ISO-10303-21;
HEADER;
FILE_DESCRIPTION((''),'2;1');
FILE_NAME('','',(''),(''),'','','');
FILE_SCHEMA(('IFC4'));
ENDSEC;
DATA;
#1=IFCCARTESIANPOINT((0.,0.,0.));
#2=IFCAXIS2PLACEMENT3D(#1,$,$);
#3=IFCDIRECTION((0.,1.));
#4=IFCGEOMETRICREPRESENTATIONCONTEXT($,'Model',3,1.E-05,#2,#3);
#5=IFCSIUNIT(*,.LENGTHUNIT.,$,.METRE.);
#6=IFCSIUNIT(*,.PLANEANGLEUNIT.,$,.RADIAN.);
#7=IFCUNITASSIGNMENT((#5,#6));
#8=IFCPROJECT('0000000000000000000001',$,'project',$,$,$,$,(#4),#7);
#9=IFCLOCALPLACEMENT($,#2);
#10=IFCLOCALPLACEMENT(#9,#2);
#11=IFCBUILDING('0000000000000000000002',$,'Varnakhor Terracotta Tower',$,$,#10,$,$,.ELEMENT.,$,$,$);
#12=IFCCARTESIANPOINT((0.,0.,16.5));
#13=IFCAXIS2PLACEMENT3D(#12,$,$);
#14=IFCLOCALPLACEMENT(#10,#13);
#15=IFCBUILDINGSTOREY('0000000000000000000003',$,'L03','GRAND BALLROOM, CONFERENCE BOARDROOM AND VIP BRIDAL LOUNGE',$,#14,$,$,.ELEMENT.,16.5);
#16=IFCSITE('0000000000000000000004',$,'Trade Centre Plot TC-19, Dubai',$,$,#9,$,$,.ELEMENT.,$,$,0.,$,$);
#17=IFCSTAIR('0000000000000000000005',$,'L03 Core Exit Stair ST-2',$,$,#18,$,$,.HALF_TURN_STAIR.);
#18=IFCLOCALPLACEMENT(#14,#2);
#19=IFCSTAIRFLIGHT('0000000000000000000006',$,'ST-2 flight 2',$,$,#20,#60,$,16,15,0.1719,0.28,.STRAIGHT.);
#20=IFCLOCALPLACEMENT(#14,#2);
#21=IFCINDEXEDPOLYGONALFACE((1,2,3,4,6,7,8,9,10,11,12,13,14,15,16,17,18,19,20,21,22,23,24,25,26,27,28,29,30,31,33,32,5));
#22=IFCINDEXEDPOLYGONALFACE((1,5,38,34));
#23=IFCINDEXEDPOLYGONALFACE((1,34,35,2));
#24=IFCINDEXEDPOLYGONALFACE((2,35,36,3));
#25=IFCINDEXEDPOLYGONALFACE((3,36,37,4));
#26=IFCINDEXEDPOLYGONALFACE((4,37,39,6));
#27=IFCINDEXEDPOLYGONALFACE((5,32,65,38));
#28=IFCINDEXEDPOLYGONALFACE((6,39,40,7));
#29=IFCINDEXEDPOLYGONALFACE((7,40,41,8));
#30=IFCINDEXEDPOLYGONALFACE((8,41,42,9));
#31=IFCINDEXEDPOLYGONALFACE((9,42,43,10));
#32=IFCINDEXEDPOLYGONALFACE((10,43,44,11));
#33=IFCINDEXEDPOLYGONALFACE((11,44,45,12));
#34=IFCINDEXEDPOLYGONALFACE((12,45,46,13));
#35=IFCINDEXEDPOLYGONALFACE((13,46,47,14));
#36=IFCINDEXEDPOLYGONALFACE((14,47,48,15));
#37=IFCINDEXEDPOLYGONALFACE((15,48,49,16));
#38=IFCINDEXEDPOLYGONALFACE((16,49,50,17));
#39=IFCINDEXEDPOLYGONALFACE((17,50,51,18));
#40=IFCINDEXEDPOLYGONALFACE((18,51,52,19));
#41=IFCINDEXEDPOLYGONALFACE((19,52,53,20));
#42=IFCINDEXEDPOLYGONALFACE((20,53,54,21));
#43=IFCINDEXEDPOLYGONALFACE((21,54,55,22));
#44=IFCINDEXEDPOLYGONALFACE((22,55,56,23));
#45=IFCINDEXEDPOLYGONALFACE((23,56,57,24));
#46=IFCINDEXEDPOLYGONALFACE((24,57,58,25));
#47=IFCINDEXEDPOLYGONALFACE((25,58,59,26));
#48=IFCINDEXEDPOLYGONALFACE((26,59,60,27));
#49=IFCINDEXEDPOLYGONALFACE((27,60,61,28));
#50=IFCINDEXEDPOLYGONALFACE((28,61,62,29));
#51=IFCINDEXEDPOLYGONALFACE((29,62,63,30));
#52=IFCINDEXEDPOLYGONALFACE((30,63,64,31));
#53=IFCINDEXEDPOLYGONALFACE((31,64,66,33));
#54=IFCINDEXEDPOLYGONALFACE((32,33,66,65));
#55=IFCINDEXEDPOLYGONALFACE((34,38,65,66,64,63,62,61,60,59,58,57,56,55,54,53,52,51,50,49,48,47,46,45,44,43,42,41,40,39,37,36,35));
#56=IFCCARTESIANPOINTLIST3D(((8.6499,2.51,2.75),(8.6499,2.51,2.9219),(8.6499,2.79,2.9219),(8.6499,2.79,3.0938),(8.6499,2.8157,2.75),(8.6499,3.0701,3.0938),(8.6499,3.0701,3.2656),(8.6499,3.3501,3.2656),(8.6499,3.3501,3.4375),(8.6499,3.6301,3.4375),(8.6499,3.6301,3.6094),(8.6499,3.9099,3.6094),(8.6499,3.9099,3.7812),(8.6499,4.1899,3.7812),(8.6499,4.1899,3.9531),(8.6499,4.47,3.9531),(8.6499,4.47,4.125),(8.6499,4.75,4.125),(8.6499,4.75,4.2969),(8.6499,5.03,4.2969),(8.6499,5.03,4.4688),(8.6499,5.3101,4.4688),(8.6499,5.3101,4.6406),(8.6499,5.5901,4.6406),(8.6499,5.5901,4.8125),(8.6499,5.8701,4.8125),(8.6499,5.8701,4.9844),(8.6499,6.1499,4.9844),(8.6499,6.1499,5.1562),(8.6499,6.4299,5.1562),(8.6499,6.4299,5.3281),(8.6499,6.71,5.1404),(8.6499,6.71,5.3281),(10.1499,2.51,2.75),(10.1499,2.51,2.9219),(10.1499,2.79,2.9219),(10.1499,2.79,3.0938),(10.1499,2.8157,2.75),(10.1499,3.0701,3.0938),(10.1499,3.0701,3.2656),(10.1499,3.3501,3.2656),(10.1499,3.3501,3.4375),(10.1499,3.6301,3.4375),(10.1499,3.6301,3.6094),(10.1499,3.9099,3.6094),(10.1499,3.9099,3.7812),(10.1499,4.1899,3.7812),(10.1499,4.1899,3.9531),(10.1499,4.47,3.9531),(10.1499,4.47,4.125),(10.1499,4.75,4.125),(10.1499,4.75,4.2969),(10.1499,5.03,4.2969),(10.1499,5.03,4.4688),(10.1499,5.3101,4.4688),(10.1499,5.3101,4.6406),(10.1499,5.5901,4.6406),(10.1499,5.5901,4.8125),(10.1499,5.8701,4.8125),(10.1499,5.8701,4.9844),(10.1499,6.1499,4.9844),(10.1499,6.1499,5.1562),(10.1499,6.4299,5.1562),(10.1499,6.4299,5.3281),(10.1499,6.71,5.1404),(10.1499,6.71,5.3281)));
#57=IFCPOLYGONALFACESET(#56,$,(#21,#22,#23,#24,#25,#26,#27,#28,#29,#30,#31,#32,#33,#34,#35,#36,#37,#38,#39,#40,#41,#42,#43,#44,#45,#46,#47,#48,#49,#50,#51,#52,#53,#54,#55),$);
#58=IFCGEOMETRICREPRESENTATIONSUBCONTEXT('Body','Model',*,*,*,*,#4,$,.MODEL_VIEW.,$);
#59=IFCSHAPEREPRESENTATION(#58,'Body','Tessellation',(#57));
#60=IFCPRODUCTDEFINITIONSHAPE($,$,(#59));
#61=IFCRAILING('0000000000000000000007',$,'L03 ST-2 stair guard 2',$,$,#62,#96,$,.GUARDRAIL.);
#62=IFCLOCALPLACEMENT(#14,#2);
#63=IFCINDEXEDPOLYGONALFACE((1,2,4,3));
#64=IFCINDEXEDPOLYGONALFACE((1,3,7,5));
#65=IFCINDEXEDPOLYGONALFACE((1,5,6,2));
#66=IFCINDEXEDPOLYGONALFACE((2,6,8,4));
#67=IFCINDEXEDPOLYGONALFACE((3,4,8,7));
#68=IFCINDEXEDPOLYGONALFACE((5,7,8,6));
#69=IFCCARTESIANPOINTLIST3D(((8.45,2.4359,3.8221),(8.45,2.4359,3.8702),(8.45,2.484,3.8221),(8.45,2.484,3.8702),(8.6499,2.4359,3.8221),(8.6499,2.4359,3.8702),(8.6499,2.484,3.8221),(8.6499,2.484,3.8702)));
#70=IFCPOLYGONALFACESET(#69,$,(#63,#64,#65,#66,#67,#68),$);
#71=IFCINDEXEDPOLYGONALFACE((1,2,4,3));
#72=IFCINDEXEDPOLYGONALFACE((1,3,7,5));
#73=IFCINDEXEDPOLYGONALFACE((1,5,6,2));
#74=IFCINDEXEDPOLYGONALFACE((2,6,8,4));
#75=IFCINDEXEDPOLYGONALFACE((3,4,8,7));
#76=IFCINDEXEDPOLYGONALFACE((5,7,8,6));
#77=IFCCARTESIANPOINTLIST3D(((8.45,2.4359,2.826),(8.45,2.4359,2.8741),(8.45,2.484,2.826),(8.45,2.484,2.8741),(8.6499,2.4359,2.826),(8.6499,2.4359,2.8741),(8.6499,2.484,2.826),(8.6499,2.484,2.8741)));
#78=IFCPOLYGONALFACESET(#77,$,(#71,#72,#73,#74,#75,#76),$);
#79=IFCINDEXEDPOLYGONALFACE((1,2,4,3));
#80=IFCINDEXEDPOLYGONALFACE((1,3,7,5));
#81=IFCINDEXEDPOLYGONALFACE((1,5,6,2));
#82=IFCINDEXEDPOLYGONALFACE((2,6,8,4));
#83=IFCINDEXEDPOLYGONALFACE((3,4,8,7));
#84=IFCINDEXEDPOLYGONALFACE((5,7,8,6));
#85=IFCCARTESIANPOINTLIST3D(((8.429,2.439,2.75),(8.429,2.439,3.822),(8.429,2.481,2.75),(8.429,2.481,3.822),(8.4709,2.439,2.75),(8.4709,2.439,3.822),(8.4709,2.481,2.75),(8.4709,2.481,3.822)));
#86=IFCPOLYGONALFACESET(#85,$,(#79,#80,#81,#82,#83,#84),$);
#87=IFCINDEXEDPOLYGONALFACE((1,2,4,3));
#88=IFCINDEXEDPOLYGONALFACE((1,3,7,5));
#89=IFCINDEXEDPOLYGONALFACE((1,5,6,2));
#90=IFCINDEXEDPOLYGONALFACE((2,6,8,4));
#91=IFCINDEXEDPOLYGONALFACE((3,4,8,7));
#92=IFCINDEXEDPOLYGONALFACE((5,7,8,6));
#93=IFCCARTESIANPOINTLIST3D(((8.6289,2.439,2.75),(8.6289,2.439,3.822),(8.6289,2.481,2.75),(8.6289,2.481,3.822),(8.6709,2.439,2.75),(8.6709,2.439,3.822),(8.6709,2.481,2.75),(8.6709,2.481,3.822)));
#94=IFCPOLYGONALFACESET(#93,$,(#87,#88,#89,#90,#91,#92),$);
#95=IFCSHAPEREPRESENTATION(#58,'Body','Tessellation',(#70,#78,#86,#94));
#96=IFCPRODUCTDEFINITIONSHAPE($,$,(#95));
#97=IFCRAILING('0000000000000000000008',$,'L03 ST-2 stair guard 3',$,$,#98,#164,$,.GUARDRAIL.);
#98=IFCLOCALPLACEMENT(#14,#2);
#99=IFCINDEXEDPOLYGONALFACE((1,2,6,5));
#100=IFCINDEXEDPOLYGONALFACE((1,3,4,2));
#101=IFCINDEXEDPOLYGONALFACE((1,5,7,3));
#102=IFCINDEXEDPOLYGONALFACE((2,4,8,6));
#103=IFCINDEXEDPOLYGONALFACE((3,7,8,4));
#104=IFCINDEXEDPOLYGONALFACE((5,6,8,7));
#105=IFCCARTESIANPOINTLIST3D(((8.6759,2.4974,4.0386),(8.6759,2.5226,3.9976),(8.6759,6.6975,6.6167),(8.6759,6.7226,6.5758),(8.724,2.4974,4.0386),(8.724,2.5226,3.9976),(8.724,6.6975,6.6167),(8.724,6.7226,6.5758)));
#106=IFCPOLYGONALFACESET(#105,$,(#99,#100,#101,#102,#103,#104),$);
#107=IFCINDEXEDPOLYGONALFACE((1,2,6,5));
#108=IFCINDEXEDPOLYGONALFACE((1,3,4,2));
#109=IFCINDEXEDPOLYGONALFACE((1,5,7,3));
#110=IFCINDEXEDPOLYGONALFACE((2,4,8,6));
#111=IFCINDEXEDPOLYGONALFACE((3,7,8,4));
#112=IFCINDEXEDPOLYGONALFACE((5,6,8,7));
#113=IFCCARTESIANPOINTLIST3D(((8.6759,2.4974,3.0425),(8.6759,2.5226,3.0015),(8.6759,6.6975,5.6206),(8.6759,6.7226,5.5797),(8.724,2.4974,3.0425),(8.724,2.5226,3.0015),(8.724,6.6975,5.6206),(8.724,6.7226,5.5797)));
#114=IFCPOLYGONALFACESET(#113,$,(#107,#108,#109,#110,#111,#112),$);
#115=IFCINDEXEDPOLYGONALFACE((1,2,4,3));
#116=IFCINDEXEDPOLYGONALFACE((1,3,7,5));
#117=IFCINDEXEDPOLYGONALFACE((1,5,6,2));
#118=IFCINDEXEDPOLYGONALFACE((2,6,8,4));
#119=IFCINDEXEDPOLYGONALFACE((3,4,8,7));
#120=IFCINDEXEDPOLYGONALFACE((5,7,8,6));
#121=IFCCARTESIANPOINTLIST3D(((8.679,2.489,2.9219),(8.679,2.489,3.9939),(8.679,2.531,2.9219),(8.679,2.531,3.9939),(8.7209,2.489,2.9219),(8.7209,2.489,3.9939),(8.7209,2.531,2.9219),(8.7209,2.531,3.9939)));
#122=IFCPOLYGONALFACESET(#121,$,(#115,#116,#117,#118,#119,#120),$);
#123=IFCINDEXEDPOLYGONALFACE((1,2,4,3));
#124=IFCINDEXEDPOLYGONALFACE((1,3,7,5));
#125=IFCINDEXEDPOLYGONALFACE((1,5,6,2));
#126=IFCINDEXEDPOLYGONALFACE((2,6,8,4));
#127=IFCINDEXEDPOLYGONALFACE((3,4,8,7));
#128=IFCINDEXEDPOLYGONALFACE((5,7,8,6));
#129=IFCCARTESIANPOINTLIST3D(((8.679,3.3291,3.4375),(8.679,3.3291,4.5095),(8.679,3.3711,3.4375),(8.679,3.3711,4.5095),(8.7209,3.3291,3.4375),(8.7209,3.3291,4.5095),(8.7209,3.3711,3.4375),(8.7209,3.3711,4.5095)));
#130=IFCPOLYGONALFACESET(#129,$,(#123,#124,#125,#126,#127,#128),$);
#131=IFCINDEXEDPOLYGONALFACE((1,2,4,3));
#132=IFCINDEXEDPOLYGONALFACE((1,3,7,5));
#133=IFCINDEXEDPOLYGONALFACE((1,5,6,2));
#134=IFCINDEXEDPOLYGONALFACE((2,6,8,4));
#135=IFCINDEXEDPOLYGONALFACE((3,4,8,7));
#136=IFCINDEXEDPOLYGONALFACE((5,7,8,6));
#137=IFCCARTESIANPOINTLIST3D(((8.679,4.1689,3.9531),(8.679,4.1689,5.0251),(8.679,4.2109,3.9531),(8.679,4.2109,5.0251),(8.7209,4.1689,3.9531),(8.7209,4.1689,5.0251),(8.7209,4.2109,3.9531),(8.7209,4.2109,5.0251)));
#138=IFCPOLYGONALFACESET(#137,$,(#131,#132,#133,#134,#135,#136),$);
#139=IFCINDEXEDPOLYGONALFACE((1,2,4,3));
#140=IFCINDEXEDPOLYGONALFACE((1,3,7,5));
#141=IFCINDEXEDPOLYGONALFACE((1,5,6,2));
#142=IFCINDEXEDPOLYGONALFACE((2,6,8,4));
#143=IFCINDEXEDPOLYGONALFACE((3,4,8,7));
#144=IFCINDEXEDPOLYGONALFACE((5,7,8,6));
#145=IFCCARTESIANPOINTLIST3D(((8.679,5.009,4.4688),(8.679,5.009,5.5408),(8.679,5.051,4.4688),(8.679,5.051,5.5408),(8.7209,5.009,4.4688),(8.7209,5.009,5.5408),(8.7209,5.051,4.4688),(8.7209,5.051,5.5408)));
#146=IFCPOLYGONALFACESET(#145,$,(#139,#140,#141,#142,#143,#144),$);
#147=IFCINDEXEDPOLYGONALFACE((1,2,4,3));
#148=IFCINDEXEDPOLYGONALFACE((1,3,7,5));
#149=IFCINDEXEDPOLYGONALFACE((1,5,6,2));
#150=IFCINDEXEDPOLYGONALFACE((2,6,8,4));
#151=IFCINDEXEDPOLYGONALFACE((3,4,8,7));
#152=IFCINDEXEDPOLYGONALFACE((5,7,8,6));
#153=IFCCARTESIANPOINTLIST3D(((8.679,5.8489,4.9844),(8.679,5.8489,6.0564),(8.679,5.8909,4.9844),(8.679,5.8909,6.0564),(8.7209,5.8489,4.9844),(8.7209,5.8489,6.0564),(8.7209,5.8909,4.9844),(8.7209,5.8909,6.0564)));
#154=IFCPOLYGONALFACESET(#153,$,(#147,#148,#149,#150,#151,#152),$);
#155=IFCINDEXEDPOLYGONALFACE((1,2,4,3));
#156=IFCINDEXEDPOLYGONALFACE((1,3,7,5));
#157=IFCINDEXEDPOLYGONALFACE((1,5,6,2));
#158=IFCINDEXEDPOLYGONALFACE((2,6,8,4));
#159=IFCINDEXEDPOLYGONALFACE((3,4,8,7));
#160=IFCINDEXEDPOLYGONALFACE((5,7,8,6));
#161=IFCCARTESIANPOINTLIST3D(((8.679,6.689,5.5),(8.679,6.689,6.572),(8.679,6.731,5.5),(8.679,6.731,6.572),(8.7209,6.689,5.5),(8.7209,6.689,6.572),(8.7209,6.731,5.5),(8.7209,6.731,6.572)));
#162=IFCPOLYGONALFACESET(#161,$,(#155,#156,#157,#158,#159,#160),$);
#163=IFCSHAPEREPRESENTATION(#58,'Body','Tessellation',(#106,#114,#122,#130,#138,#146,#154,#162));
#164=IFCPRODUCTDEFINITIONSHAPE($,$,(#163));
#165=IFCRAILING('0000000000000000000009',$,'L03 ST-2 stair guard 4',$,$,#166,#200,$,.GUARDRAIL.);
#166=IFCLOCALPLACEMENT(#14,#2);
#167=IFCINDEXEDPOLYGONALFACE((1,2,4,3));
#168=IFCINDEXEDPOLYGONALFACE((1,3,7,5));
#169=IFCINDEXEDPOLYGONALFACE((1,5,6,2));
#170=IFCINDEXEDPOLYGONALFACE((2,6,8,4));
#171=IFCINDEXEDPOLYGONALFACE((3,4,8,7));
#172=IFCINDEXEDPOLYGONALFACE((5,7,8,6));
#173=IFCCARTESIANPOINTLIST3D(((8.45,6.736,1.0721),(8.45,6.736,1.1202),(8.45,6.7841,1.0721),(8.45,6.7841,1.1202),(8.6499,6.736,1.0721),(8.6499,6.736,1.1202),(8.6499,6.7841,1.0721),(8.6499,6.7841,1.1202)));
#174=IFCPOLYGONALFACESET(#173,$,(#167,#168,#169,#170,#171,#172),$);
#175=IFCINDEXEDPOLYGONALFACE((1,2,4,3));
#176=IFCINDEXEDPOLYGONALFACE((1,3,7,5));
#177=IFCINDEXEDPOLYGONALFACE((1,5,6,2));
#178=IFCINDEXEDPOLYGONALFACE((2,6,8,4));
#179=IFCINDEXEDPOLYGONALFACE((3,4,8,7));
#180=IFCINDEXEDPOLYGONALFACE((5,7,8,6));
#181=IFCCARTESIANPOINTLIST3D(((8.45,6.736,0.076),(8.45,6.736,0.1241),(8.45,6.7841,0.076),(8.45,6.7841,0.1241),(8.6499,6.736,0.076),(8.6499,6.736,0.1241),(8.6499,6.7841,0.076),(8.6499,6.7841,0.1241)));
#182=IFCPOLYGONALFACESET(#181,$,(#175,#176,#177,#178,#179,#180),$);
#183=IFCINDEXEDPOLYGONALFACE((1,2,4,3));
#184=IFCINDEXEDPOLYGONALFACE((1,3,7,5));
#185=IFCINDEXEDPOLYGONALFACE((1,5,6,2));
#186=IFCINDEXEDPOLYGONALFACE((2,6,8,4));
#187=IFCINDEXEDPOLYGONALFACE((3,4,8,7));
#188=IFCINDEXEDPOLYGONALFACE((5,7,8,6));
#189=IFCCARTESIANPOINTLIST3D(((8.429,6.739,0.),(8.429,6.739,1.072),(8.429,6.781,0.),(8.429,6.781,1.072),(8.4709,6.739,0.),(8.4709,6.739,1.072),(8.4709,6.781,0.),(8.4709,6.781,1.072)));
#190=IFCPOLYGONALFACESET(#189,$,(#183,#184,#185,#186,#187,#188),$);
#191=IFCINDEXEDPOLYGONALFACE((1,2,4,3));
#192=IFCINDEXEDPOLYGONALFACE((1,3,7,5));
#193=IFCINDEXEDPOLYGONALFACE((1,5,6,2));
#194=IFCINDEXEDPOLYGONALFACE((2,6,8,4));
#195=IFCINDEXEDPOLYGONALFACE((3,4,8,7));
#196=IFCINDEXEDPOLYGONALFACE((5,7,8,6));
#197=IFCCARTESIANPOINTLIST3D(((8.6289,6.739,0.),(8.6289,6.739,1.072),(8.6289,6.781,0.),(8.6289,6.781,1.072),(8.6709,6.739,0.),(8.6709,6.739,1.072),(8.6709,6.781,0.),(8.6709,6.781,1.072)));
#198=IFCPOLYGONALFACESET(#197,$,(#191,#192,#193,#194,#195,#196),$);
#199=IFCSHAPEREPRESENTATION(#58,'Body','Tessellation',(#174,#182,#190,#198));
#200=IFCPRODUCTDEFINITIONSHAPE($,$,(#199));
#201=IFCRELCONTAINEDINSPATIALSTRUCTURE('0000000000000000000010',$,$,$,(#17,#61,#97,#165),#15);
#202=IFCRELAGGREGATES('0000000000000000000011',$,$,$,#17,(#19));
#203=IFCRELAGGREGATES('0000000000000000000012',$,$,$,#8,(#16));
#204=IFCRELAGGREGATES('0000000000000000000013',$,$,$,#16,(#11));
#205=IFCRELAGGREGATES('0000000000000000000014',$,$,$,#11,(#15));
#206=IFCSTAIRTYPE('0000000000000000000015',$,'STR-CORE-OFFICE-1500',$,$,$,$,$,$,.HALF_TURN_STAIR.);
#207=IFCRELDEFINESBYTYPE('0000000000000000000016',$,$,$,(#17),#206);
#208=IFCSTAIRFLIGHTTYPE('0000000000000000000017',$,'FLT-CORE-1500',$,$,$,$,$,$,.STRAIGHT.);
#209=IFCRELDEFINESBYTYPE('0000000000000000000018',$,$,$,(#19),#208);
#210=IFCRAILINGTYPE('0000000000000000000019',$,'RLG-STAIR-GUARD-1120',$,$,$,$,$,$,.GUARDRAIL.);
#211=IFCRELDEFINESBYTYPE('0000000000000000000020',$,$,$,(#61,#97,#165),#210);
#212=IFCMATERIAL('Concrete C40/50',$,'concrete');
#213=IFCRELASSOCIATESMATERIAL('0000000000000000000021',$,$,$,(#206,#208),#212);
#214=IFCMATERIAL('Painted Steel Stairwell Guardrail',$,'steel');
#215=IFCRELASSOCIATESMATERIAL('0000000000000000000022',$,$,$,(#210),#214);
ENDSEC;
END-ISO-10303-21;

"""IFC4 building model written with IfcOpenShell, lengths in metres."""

from ifc_helpers import new_model, si_unit, direction, frame, origin, origin_2d, place, context, subcontext, project, spatial, polyline, rectangle, outline, extrude, material, type_object, element, aggregate, save


model = new_model("IFC4")

# Units and contexts
model_context = context("Model", 3, precision=1e-05, world=origin(), true_north=direction((0.0, 1.0)))
body_context = subcontext(model_context, "Body", "Model", "MODEL_VIEW")
ifc_project = project(units=[si_unit("LENGTHUNIT", "METRE"), si_unit("PLANEANGLEUNIT", "RADIAN")], contexts=[model_context])

# Site, building, storey
site_placement = place(None, origin())
site = spatial("IfcSite", under=ifc_project, at=site_placement, Name="Trade Centre Plot TC-19, Dubai", CompositionType="ELEMENT", RefElevation=0.0)
building_placement = place(site_placement, origin())
building = spatial("IfcBuilding", under=site, at=building_placement, Name="Varnakhor Terracotta Tower", CompositionType="ELEMENT")
storey_placement = place(building_placement, frame((0.0, 0.0, 16.5)))
storey = spatial("IfcBuildingStorey", under=building, at=storey_placement, Name="L03", Description="GRAND BALLROOM, CONFERENCE BOARDROOM AND VIP BRIDAL LOUNGE", CompositionType="ELEMENT", Elevation=16.5)

# Shared definitions
ifc_material_1 = material(Name="Concrete C40/50", Category="concrete")

# Stair, stair flight
stair_type = type_object("IfcStairType", Name="STR-CORE-OFFICE-1500", PredefinedType="HALF_TURN_STAIR", material=ifc_material_1)
stair_placement = place(storey_placement, origin())
stair = element("IfcStair", 1, at=stair_placement, inside=storey, type_object=stair_type, Name="L03 Core Exit Stair ST-2", PredefinedType="HALF_TURN_STAIR")
stair_flight_type = type_object("IfcStairFlightType", Name="FLT-CORE-1500", PredefinedType="STRAIGHT", material=ifc_material_1)
stair_flight_placement = place(storey_placement, frame((9.3999, 2.51, 2.75), z_axis=(0.0, 0.0, 1.0), x_axis=(0.0, 1.0, 0.0)))
stair_flight = element("IfcStairFlight", 2, at=stair_flight_placement, type_object=stair_flight_type, Name="ST-2 flight 2", NumberOfRisers=16, NumberOfTreads=15, PredefinedType="STRAIGHT", RiserHeight=0.1719, TreadLength=0.28, context=body_context, shape_type="SweptSolid", body=[
    extrude(outline(polyline([(0.0, 0.0), (0.0, 0.1719), (0.28, 0.1719), (0.28, 0.3438), (0.5601, 0.3438), (0.5601, 0.5156), (0.8401, 0.5156), (0.8401, 0.6875), (1.1201, 0.6875), (1.1201, 0.8594), (1.3999, 0.8594), (1.3999, 1.0312), (1.6799, 1.0312), (1.6799, 1.2031), (1.96, 1.2031), (1.96, 1.375), (2.24, 1.375), (2.24, 1.5469), (2.52, 1.5469), (2.52, 1.7188), (2.8, 1.7188), (2.8, 1.8906), (3.0801, 1.8906), (3.0801, 2.0625), (3.3601, 2.0625), (3.3601, 2.2344), (3.6399, 2.2344), (3.6399, 2.4062), (3.9199, 2.4062), (3.9199, 2.5781), (4.2, 2.5781), (4.2, 2.75), (4.2, 2.3904), (0.3057, 0.0), (0.0, 0.0)])), frame((0.0, 0.75, 0.0), z_axis=(0.0, -1.0, 0.0), x_axis=(1.0, 0.0, 0.0)), (0.0, 0.0, 1.0), 1.5),
])
aggregate(stair, [stair_flight])

# Railings
ifc_material_2 = material(Name="Painted Steel Stairwell Guardrail", Category="steel")
railing_type_1 = type_object("IfcRailingType", Name="RLG-STAIR-GUARD-1120", PredefinedType="GUARDRAIL", material=ifc_material_2)
railing_1_placement = place(storey_placement, frame((8.45, 2.46, 2.75)))
element("IfcRailing", 3, at=railing_1_placement, inside=storey, type_object=railing_type_1, Name="L03 ST-2 stair guard 2", PredefinedType="GUARDRAIL", context=body_context, shape_type="SweptSolid", body=[
    extrude(rectangle(XDim=0.0481, YDim=0.0481, at=origin_2d()), frame((0.0, 0.0, 1.0962), z_axis=(1.0, 0.0, 0.0), x_axis=(0.0, 1.0, 0.0)), (0.0, 0.0, 1.0), 0.2),
    extrude(rectangle(XDim=0.0481, YDim=0.0481, at=origin_2d()), frame((0.0, 0.0, 0.1001), z_axis=(1.0, 0.0, 0.0), x_axis=(0.0, 1.0, 0.0)), (0.0, 0.0, 1.0), 0.2),
    extrude(rectangle(XDim=0.042, YDim=0.042, at=origin_2d()), origin(), (0.0, 0.0, 1.0), 1.072),
    extrude(rectangle(XDim=0.042, YDim=0.042, at=origin_2d()), frame((0.2, 0.0, 0.0)), (0.0, 0.0, 1.0), 1.072),
])
railing_2_placement = place(storey_placement, frame((8.7, 2.51, 2.9219)))
element("IfcRailing", 4, at=railing_2_placement, inside=storey, type_object=railing_type_1, Name="L03 ST-2 stair guard 3", PredefinedType="GUARDRAIL", context=body_context, shape_type="SweptSolid", body=[
    extrude(rectangle(XDim=0.0481, YDim=0.0481, at=origin_2d()), frame((0.0, 0.0, 1.0962), z_axis=(0.0, 0.852243, 0.523146), x_axis=(-1.0, 0.0, 0.0)), (0.0, 0.0, 1.0), 4.9282),
    extrude(rectangle(XDim=0.0481, YDim=0.0481, at=origin_2d()), frame((0.0, 0.0, 0.1001), z_axis=(0.0, 0.852243, 0.523146), x_axis=(-1.0, 0.0, 0.0)), (0.0, 0.0, 1.0), 4.9282),
    extrude(rectangle(XDim=0.042, YDim=0.042, at=origin_2d()), origin(), (0.0, 0.0, 1.0), 1.072),
    extrude(rectangle(XDim=0.042, YDim=0.042, at=origin_2d()), frame((0.0, 0.8401, 0.5156)), (0.0, 0.0, 1.0), 1.072),
    extrude(rectangle(XDim=0.042, YDim=0.042, at=origin_2d()), frame((0.0, 1.6799, 1.0312)), (0.0, 0.0, 1.0), 1.072),
    extrude(rectangle(XDim=0.042, YDim=0.042, at=origin_2d()), frame((0.0, 2.52, 1.5469)), (0.0, 0.0, 1.0), 1.072),
    extrude(rectangle(XDim=0.042, YDim=0.042, at=origin_2d()), frame((0.0, 3.3599, 2.0625)), (0.0, 0.0, 1.0), 1.072),
    extrude(rectangle(XDim=0.042, YDim=0.042, at=origin_2d()), frame((0.0, 4.2, 2.5781)), (0.0, 0.0, 1.0), 1.072),
])
railing_3_placement = place(storey_placement, frame((8.45, 6.76, 0.0)))
element("IfcRailing", 5, at=railing_3_placement, inside=storey, type_object=railing_type_1, Name="L03 ST-2 stair guard 4", PredefinedType="GUARDRAIL", context=body_context, shape_type="SweptSolid", body=[
    extrude(rectangle(XDim=0.0481, YDim=0.0481, at=origin_2d()), frame((0.0, 0.0, 1.0962), z_axis=(1.0, 0.0, 0.0), x_axis=(0.0, 1.0, 0.0)), (0.0, 0.0, 1.0), 0.2),
    extrude(rectangle(XDim=0.0481, YDim=0.0481, at=origin_2d()), frame((0.0, 0.0, 0.1001), z_axis=(1.0, 0.0, 0.0), x_axis=(0.0, 1.0, 0.0)), (0.0, 0.0, 1.0), 0.2),
    extrude(rectangle(XDim=0.042, YDim=0.042, at=origin_2d()), origin(), (0.0, 0.0, 1.0), 1.072),
    extrude(rectangle(XDim=0.042, YDim=0.042, at=origin_2d()), frame((0.2, 0.0, 0.0)), (0.0, 0.0, 1.0), 1.072),
])

save(model, "model.ifc")
